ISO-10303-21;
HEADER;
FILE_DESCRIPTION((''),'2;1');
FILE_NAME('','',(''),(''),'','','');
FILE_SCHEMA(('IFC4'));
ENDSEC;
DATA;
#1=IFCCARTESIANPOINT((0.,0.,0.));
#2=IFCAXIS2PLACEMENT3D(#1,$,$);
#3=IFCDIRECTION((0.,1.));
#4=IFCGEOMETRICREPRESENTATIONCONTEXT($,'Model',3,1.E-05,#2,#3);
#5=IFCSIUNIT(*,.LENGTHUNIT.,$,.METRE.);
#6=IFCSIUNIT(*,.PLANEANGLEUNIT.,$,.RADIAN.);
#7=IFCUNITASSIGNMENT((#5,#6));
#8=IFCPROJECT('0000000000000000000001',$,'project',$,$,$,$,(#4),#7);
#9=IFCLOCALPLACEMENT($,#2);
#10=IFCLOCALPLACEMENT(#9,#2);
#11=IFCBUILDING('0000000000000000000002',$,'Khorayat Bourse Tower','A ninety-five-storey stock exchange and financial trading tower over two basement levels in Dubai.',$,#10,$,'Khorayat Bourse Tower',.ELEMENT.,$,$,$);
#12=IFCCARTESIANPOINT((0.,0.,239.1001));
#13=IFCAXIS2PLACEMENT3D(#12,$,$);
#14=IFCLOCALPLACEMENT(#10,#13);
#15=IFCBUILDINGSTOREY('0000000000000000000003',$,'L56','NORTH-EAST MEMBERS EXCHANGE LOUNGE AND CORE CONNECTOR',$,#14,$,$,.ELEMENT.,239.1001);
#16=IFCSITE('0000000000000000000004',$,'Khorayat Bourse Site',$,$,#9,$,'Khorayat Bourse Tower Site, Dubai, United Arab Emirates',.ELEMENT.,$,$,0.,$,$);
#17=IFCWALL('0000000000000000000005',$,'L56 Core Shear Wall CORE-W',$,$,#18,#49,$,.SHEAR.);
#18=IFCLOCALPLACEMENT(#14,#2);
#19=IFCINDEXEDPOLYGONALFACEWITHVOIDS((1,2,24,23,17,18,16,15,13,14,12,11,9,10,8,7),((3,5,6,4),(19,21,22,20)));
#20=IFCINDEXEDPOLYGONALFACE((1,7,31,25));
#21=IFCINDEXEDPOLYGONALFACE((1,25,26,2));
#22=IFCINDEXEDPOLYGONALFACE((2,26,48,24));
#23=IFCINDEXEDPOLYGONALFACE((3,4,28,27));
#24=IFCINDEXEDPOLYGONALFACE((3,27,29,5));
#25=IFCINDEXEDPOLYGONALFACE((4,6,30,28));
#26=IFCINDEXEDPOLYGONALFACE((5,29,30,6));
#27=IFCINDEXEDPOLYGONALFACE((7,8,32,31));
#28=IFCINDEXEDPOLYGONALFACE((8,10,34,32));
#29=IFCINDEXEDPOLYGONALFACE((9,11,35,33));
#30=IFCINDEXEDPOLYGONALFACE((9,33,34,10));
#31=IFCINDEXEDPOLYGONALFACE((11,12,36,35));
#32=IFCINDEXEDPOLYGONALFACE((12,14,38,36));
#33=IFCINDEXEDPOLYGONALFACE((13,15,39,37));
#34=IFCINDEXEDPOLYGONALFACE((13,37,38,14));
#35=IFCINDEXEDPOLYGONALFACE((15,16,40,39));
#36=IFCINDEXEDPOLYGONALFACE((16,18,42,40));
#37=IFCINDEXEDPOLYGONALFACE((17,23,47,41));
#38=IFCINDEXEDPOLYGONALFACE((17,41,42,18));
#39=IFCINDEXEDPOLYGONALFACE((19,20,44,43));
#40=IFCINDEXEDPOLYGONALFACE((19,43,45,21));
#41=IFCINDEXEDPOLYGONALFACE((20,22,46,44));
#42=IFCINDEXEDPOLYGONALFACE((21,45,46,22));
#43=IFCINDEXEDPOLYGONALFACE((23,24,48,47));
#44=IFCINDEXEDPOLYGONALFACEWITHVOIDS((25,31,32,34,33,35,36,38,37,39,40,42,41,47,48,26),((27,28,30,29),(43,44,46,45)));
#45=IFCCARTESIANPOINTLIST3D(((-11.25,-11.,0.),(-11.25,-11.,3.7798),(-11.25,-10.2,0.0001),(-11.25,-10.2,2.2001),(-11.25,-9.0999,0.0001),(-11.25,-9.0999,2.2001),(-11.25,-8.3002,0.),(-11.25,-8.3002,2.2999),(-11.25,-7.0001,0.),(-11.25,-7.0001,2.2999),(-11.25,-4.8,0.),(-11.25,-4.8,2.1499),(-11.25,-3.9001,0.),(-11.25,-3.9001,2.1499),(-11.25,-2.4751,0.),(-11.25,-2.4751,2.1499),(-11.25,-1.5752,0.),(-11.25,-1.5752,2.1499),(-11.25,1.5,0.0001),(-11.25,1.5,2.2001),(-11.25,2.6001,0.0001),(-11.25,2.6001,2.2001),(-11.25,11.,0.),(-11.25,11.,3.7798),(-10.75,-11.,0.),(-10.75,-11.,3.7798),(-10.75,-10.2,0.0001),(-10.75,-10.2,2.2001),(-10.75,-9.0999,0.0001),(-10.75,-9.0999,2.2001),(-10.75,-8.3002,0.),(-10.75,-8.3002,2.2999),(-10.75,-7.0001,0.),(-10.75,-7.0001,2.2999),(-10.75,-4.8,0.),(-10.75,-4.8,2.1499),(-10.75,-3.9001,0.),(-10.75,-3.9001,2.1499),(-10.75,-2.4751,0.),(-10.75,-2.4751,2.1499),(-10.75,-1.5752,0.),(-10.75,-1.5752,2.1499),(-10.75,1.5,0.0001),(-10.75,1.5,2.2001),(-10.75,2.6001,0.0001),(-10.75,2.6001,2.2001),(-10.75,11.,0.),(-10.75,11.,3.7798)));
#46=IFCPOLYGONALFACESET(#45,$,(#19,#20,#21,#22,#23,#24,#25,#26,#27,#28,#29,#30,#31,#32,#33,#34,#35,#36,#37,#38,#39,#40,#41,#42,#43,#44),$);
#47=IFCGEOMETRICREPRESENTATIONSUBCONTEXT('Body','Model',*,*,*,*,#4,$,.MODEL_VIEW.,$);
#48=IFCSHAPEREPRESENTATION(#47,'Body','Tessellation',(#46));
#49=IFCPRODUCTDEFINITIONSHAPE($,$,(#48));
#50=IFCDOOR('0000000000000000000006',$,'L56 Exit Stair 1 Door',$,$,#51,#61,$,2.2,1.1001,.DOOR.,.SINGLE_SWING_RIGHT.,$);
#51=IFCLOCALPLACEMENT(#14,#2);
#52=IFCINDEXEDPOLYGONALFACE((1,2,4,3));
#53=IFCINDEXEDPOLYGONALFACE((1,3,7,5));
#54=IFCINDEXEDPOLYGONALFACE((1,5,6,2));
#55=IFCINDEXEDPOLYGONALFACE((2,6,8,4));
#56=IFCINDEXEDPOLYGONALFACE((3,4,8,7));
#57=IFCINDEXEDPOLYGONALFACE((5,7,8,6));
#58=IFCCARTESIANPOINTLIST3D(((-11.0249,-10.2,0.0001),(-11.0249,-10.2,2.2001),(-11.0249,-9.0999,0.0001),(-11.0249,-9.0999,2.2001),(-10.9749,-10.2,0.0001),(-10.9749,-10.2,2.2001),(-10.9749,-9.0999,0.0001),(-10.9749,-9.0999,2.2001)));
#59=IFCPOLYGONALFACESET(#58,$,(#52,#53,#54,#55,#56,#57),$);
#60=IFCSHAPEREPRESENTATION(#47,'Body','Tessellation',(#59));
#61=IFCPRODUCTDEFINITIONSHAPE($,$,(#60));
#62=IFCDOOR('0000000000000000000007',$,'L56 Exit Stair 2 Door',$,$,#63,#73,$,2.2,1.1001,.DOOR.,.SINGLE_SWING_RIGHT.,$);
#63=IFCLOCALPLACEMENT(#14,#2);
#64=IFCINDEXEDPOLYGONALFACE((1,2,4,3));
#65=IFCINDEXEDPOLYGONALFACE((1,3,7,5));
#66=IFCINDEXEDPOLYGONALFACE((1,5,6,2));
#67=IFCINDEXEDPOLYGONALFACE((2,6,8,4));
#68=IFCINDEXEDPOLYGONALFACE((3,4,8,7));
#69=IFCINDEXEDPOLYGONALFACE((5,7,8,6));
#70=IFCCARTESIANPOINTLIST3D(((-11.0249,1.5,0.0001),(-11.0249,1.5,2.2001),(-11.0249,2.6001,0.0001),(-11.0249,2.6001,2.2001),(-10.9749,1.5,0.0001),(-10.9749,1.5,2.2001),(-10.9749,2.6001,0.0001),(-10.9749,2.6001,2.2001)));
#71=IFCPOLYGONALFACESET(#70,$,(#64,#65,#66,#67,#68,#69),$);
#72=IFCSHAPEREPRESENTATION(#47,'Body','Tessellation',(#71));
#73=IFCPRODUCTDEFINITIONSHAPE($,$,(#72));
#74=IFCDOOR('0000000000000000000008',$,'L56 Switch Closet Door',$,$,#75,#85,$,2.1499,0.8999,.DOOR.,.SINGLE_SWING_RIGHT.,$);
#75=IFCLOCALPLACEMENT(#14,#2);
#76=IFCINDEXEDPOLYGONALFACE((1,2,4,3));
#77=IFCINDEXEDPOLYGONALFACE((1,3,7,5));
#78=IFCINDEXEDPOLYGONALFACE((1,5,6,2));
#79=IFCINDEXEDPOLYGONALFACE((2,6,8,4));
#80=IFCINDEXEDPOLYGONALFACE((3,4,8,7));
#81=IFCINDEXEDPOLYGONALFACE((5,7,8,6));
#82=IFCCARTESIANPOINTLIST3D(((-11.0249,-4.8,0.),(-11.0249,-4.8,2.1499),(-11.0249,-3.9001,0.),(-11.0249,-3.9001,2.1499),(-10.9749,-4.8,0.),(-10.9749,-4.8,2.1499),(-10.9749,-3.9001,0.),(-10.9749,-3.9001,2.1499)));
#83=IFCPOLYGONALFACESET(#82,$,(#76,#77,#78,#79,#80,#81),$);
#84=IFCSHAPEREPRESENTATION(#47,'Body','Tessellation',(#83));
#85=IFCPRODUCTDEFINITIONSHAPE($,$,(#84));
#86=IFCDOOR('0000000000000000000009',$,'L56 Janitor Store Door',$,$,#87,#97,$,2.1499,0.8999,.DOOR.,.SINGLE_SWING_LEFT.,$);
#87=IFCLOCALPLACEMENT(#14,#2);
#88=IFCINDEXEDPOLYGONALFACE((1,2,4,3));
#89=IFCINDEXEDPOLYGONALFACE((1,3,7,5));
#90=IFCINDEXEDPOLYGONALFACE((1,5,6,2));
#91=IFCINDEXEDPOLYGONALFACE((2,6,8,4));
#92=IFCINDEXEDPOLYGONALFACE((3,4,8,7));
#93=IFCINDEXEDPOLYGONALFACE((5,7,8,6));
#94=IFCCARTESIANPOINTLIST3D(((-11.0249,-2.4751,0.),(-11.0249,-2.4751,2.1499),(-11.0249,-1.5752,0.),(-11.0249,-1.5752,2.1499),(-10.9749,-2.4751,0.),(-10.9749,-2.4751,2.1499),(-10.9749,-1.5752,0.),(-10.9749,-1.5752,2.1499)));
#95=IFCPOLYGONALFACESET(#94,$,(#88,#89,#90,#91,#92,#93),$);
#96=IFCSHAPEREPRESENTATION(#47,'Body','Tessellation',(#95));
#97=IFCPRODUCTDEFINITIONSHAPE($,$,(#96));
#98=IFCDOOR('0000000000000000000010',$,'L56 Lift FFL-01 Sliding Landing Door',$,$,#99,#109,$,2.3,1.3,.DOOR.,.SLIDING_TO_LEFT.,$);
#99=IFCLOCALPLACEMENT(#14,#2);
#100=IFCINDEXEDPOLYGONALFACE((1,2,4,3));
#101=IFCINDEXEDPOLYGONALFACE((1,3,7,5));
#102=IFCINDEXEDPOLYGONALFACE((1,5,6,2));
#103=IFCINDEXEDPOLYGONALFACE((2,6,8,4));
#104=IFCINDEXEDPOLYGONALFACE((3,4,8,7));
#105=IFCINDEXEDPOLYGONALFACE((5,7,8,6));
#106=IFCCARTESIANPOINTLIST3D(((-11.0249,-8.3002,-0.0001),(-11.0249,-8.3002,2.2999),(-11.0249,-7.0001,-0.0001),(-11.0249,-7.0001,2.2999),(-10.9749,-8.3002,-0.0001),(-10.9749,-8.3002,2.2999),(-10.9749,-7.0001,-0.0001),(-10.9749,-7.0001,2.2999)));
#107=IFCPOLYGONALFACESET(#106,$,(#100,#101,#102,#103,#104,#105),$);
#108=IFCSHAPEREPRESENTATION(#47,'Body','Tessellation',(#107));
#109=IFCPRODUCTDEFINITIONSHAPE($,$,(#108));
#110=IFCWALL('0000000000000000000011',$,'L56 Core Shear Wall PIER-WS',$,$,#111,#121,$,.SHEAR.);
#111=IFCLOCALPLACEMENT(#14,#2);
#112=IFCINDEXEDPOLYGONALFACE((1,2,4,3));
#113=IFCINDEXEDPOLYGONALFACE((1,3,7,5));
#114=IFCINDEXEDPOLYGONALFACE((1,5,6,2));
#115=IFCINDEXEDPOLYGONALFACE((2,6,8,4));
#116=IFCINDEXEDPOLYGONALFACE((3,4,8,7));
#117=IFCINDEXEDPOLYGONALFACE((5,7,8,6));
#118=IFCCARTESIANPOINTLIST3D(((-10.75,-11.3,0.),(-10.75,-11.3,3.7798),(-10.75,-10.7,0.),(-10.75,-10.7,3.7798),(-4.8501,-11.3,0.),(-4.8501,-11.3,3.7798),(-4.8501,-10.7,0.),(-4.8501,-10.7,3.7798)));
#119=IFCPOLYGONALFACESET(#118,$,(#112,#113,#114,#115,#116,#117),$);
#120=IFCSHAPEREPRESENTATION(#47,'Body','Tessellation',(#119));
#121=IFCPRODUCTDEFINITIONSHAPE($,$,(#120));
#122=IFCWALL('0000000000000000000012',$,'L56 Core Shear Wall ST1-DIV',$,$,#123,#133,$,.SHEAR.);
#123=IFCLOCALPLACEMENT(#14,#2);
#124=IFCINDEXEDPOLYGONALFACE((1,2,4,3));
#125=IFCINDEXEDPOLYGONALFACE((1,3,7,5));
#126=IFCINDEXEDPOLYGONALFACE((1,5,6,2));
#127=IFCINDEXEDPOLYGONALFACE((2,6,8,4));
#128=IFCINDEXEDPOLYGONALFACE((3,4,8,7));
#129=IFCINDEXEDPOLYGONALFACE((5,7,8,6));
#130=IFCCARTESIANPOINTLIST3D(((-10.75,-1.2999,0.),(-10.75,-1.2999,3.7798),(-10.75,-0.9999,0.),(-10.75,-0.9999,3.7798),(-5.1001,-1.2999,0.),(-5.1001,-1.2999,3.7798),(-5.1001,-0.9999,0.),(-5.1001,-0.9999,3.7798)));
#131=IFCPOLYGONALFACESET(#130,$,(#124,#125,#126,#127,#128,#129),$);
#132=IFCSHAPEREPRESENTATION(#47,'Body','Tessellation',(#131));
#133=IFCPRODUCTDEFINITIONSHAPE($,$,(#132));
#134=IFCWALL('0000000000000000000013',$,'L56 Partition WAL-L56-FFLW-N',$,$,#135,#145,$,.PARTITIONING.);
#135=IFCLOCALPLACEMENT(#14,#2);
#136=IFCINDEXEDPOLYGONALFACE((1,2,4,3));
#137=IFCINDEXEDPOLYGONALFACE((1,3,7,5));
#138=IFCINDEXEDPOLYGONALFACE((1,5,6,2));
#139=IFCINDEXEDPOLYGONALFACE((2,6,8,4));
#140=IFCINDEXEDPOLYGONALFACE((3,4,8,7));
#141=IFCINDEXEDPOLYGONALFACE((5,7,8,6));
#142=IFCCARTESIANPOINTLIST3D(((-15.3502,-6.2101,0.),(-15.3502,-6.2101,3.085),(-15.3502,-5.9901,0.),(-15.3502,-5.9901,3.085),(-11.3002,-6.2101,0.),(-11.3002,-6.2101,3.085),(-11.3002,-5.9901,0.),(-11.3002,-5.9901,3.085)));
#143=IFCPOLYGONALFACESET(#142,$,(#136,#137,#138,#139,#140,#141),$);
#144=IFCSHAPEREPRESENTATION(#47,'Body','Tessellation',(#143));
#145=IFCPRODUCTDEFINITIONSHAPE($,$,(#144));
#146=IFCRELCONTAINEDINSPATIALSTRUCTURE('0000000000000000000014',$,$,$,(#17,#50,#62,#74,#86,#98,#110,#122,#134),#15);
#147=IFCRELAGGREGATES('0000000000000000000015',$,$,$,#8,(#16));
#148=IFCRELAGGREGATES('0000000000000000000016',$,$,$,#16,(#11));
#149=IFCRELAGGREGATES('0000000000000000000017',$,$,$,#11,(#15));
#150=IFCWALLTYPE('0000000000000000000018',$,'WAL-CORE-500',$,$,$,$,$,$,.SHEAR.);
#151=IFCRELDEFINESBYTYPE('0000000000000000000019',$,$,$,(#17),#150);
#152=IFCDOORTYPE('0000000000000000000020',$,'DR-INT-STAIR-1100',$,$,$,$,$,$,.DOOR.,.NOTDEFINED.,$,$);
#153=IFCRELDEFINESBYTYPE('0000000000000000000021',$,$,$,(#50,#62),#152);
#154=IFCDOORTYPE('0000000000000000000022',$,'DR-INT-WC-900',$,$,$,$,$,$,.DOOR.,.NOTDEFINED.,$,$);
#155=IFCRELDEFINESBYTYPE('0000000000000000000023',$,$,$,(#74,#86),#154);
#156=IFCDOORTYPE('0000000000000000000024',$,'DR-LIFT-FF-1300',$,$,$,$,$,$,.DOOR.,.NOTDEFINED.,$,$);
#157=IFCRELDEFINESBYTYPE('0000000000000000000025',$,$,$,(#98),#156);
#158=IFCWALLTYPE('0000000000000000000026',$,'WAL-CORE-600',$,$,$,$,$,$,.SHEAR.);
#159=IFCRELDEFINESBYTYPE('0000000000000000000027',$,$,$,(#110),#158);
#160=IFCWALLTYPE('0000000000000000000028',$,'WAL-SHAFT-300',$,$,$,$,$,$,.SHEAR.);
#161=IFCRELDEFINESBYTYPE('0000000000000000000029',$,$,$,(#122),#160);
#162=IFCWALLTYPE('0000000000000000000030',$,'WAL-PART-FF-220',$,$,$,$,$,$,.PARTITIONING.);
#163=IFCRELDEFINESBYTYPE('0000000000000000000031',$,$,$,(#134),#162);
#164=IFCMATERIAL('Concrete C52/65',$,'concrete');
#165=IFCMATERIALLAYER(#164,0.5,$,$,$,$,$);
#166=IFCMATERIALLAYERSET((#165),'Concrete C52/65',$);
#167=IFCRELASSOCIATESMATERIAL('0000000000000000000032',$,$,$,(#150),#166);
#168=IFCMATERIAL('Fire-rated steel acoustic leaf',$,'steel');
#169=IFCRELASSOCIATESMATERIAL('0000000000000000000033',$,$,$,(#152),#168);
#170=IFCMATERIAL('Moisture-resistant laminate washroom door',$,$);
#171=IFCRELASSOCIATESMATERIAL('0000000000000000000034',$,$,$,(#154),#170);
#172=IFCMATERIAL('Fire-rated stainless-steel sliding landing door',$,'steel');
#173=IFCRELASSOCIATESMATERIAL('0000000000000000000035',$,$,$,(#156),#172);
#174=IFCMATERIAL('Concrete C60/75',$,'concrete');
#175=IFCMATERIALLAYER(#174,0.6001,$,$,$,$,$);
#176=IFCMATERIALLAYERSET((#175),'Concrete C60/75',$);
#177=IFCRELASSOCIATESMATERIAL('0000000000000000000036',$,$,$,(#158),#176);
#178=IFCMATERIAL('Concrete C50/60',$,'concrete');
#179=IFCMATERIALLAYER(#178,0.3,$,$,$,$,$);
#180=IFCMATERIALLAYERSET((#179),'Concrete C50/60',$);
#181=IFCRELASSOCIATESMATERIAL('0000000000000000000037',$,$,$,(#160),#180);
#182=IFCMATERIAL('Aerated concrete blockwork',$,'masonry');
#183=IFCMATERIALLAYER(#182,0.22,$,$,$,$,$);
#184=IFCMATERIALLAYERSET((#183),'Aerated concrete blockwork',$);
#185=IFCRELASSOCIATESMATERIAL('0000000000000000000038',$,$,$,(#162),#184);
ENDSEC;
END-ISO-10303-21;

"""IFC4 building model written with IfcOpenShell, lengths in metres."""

from ifc_helpers import new_model, si_unit, direction, frame, frame_2d, origin, place, context, subcontext, project, spatial, rectangle, extrude, source, transform, mapped, material, layer, layer_set, type_object, element, fill, save


model = new_model("IFC4")

# Units and contexts
model_context = context("Model", 3, precision=1e-05, world=origin(), true_north=direction((0.0, 1.0)))
body_context = subcontext(model_context, "Body", "Model", "MODEL_VIEW")
ifc_project = project(units=[si_unit("LENGTHUNIT", "METRE"), si_unit("PLANEANGLEUNIT", "RADIAN")], contexts=[model_context])

# Site, building, storey
site_placement = place(None, origin())
site = spatial("IfcSite", under=ifc_project, at=site_placement, Name="Khorayat Bourse Site", LongName="Khorayat Bourse Tower Site, Dubai, United Arab Emirates", CompositionType="ELEMENT", RefElevation=0.0)
building_placement = place(site_placement, origin())
building = spatial("IfcBuilding", under=site, at=building_placement, Name="Khorayat Bourse Tower", Description="A ninety-five-storey stock exchange and financial trading tower over two basement levels in Dubai.", LongName="Khorayat Bourse Tower", CompositionType="ELEMENT")
storey_placement = place(building_placement, frame((0.0, 0.0, 239.1001)))
storey = spatial("IfcBuildingStorey", under=building, at=storey_placement, Name="L56", Description="NORTH-EAST MEMBERS EXCHANGE LOUNGE AND CORE CONNECTOR", CompositionType="ELEMENT", Elevation=239.1001)

# Shared definitions
ifc_material_1 = material(Name="Concrete C60/75", Category="concrete")

# Wall, openings, doors
ifc_material_2 = material(Name="Concrete C52/65", Category="concrete")
ifc_layer_1 = layer(ifc_material_2, 0.5)
ifc_layer_set_1 = layer_set([ifc_layer_1], Name="Concrete C52/65")
wall_type_1 = type_object("IfcWallType", Name="WAL-CORE-500", PredefinedType="SHEAR", material=ifc_layer_set_1)
shared_shape_1 = source(origin(), body_context, "Body", "SweptSolid", [
    extrude(rectangle(XDim=22.0, YDim=0.5, at=frame_2d((11.0, 0.0))), origin(), (0.0, 0.0, 1.0), 3.7798),
])
wall_1_placement = place(storey_placement, frame((-11.0, -11.0, 0.0), z_axis=(0.0, 0.0, 1.0), x_axis=(0.0, 1.0, 0.0)))
wall_1 = element("IfcWall", 1, at=wall_1_placement, inside=storey, type_object=wall_type_1, Name="L56 Core Shear Wall CORE-W", PredefinedType="SHEAR", context=body_context, shape_type="MappedRepresentation", body=[
    mapped(shared_shape_1, transform((0.0, 0.0, 0.0), scale=1.0)),
])
shared_shape_2 = source(origin(), body_context, "Body", "SweptSolid", [
    extrude(rectangle(XDim=1.1001, YDim=2.2, at=frame_2d((0.55, 1.1001))), frame((0.0, 0.26, 0.0), z_axis=(0.0, -1.0, 0.0), x_axis=(1.0, 0.0, 0.0)), (0.0, 0.0, 1.0), 0.52),
])
opening_1_placement = place(wall_1_placement, frame((0.8, 0.0, 0.0)))
opening_1 = element("IfcOpeningElement", 2, at=opening_1_placement, cuts=wall_1, PredefinedType="OPENING", context=body_context, shape_type="MappedRepresentation", body=[
    mapped(shared_shape_2, transform((0.0, 0.0, 0.0), scale=1.0)),
])
opening_2_placement = place(wall_1_placement, frame((12.5, 0.0, 0.0)))
opening_2 = element("IfcOpeningElement", 3, at=opening_2_placement, cuts=wall_1, PredefinedType="OPENING", context=body_context, shape_type="MappedRepresentation", body=[
    mapped(shared_shape_2, transform((0.0, 0.0, 0.0), scale=1.0)),
])
shared_shape_3 = source(origin(), body_context, "Body", "SweptSolid", [
    extrude(rectangle(XDim=0.8999, YDim=2.1499, at=frame_2d((0.45, 1.075))), frame((0.0, 0.26, 0.0), z_axis=(0.0, -1.0, 0.0), x_axis=(1.0, 0.0, 0.0)), (0.0, 0.0, 1.0), 0.52),
])
opening_3_placement = place(wall_1_placement, frame((6.2, 0.0, 0.0)))
opening_3 = element("IfcOpeningElement", 4, at=opening_3_placement, cuts=wall_1, PredefinedType="OPENING", context=body_context, shape_type="MappedRepresentation", body=[
    mapped(shared_shape_3, transform((0.0, 0.0, 0.0), scale=1.0)),
])
opening_4_placement = place(wall_1_placement, frame((8.5249, 0.0, 0.0)))
opening_4 = element("IfcOpeningElement", 5, at=opening_4_placement, cuts=wall_1, PredefinedType="OPENING", context=body_context, shape_type="MappedRepresentation", body=[
    mapped(shared_shape_3, transform((0.0, 0.0, 0.0), scale=1.0)),
])
shared_shape_4 = source(origin(), body_context, "Body", "SweptSolid", [
    extrude(rectangle(XDim=1.3, YDim=2.3, at=frame_2d((0.6499, 1.1499))), frame((0.0, 0.26, 0.0), z_axis=(0.0, -1.0, 0.0), x_axis=(1.0, 0.0, 0.0)), (0.0, 0.0, 1.0), 0.52),
])
opening_5_placement = place(wall_1_placement, frame((2.7, 0.0, 0.0)))
opening_5 = element("IfcOpeningElement", 6, at=opening_5_placement, cuts=wall_1, PredefinedType="OPENING", context=body_context, shape_type="MappedRepresentation", body=[
    mapped(shared_shape_4, transform((0.0, 0.0, 0.0), scale=1.0)),
])
ifc_material_3 = material(Name="Fire-rated steel acoustic leaf", Category="steel")
door_type_1 = type_object("IfcDoorType", Name="DR-INT-STAIR-1100", OperationType="NOTDEFINED", PredefinedType="DOOR", material=ifc_material_3)
shared_shape_5 = source(origin(), body_context, "Body", "SweptSolid", [
    extrude(rectangle(XDim=1.1001, YDim=2.2, at=frame_2d((0.55, 1.1001))), frame((0.0, 0.0249, 0.0), z_axis=(0.0, -1.0, 0.0), x_axis=(1.0, 0.0, 0.0)), (0.0, 0.0, 1.0), 0.05),
])
door_1_placement = place(opening_1_placement, origin())
door_1 = element("IfcDoor", 7, at=door_1_placement, inside=storey, type_object=door_type_1, Name="L56 Exit Stair 1 Door", OperationType="SINGLE_SWING_RIGHT", OverallHeight=2.2, OverallWidth=1.1001, PredefinedType="DOOR", context=body_context, shape_type="MappedRepresentation", body=[
    mapped(shared_shape_5, transform((0.0, 0.0, 0.0), scale=1.0)),
])
fill(opening_1, door_1)
door_2_placement = place(opening_2_placement, origin())
door_2 = element("IfcDoor", 8, at=door_2_placement, inside=storey, type_object=door_type_1, Name="L56 Exit Stair 2 Door", OperationType="SINGLE_SWING_RIGHT", OverallHeight=2.2, OverallWidth=1.1001, PredefinedType="DOOR", context=body_context, shape_type="MappedRepresentation", body=[
    mapped(shared_shape_5, transform((0.0, 0.0, 0.0), scale=1.0)),
])
fill(opening_2, door_2)
ifc_material_4 = material(Name="Moisture-resistant laminate washroom door")
door_type_2 = type_object("IfcDoorType", Name="DR-INT-WC-900", OperationType="NOTDEFINED", PredefinedType="DOOR", material=ifc_material_4)
shared_shape_6 = source(origin(), body_context, "Body", "SweptSolid", [
    extrude(rectangle(XDim=0.8999, YDim=2.1499, at=frame_2d((0.45, 1.075))), frame((0.0, 0.0249, 0.0), z_axis=(0.0, -1.0, 0.0), x_axis=(1.0, 0.0, 0.0)), (0.0, 0.0, 1.0), 0.05),
])
door_3_placement = place(opening_3_placement, origin())
door_3 = element("IfcDoor", 9, at=door_3_placement, inside=storey, type_object=door_type_2, Name="L56 Switch Closet Door", OperationType="SINGLE_SWING_RIGHT", OverallHeight=2.1499, OverallWidth=0.8999, PredefinedType="DOOR", context=body_context, shape_type="MappedRepresentation", body=[
    mapped(shared_shape_6, transform((0.0, 0.0, 0.0), scale=1.0)),
])
fill(opening_3, door_3)
door_4_placement = place(opening_4_placement, origin())
door_4 = element("IfcDoor", 10, at=door_4_placement, inside=storey, type_object=door_type_2, Name="L56 Janitor Store Door", OperationType="SINGLE_SWING_LEFT", OverallHeight=2.1499, OverallWidth=0.8999, PredefinedType="DOOR", context=body_context, shape_type="MappedRepresentation", body=[
    mapped(shared_shape_6, transform((0.0, 0.0, 0.0), scale=1.0)),
])
fill(opening_4, door_4)
ifc_material_5 = material(Name="Fire-rated stainless-steel sliding landing door", Category="steel")
door_type_3 = type_object("IfcDoorType", Name="DR-LIFT-FF-1300", OperationType="NOTDEFINED", PredefinedType="DOOR", material=ifc_material_5)
shared_shape_7 = source(origin(), body_context, "Body", "SweptSolid", [
    extrude(rectangle(XDim=1.3, YDim=2.3, at=frame_2d((0.6499, 1.1499))), frame((0.0, 0.0249, 0.0), z_axis=(0.0, -1.0, 0.0), x_axis=(1.0, 0.0, 0.0)), (0.0, 0.0, 1.0), 0.05),
])
door_5_placement = place(opening_5_placement, origin())
door_5 = element("IfcDoor", 11, at=door_5_placement, inside=storey, type_object=door_type_3, Name="L56 Lift FFL-01 Sliding Landing Door", OperationType="SLIDING_TO_LEFT", OverallHeight=2.3, OverallWidth=1.3, PredefinedType="DOOR", context=body_context, shape_type="MappedRepresentation", body=[
    mapped(shared_shape_7, transform((0.0, 0.0, 0.0), scale=1.0)),
])
fill(opening_5, door_5)

# Walls
ifc_layer_2 = layer(ifc_material_1, 0.6001)
ifc_layer_set_2 = layer_set([ifc_layer_2], Name="Concrete C60/75")
wall_type_2 = type_object("IfcWallType", Name="WAL-CORE-600", PredefinedType="SHEAR", material=ifc_layer_set_2)
shared_shape_8 = source(origin(), body_context, "Body", "SweptSolid", [
    extrude(rectangle(XDim=5.8999, YDim=0.6001, at=frame_2d((2.95, 0.0))), origin(), (0.0, 0.0, 1.0), 3.7798),
])
wall_2_placement = place(storey_placement, frame((-10.75, -11.0, 0.0), z_axis=(0.0, 0.0, 1.0), x_axis=(1.0, 0.0, 0.0)))
element("IfcWall", 12, at=wall_2_placement, inside=storey, type_object=wall_type_2, Name="L56 Core Shear Wall PIER-WS", PredefinedType="SHEAR", context=body_context, shape_type="MappedRepresentation", body=[
    mapped(shared_shape_8, transform((0.0, 0.0, 0.0), scale=1.0)),
])
ifc_material_6 = material(Name="Concrete C50/60", Category="concrete")
ifc_layer_3 = layer(ifc_material_6, 0.3)
ifc_layer_set_3 = layer_set([ifc_layer_3], Name="Concrete C50/60")
wall_type_3 = type_object("IfcWallType", Name="WAL-SHAFT-300", PredefinedType="SHEAR", material=ifc_layer_set_3)
shared_shape_9 = source(origin(), body_context, "Body", "SweptSolid", [
    extrude(rectangle(XDim=5.6499, YDim=0.3, at=frame_2d((2.825, 0.0))), origin(), (0.0, 0.0, 1.0), 3.7798),
])
wall_3_placement = place(storey_placement, frame((-10.75, -1.1499, 0.0), z_axis=(0.0, 0.0, 1.0), x_axis=(1.0, 0.0, 0.0)))
element("IfcWall", 13, at=wall_3_placement, inside=storey, type_object=wall_type_3, Name="L56 Core Shear Wall ST1-DIV", PredefinedType="SHEAR", context=body_context, shape_type="MappedRepresentation", body=[
    mapped(shared_shape_9, transform((0.0, 0.0, 0.0), scale=1.0)),
])
ifc_material_7 = material(Name="Aerated concrete blockwork", Category="masonry")
ifc_layer_4 = layer(ifc_material_7, 0.22)
ifc_layer_set_4 = layer_set([ifc_layer_4], Name="Aerated concrete blockwork")
wall_type_4 = type_object("IfcWallType", Name="WAL-PART-FF-220", PredefinedType="PARTITIONING", material=ifc_layer_set_4)
shared_shape_10 = source(origin(), body_context, "Body", "SweptSolid", [
    extrude(rectangle(XDim=4.05, YDim=0.22, at=frame_2d((2.0249, 0.0))), origin(), (0.0, 0.0, 1.0), 3.085),
])
wall_4_placement = place(storey_placement, frame((-15.3501, -6.1001, 0.0), z_axis=(0.0, 0.0, 1.0), x_axis=(1.0, 0.0, 0.0)))
element("IfcWall", 14, at=wall_4_placement, inside=storey, type_object=wall_type_4, Name="L56 Partition WAL-L56-FFLW-N", PredefinedType="PARTITIONING", context=body_context, shape_type="MappedRepresentation", body=[
    mapped(shared_shape_10, transform((0.0, 0.0, 0.0), scale=1.0)),
])

save(model, "model.ifc")
